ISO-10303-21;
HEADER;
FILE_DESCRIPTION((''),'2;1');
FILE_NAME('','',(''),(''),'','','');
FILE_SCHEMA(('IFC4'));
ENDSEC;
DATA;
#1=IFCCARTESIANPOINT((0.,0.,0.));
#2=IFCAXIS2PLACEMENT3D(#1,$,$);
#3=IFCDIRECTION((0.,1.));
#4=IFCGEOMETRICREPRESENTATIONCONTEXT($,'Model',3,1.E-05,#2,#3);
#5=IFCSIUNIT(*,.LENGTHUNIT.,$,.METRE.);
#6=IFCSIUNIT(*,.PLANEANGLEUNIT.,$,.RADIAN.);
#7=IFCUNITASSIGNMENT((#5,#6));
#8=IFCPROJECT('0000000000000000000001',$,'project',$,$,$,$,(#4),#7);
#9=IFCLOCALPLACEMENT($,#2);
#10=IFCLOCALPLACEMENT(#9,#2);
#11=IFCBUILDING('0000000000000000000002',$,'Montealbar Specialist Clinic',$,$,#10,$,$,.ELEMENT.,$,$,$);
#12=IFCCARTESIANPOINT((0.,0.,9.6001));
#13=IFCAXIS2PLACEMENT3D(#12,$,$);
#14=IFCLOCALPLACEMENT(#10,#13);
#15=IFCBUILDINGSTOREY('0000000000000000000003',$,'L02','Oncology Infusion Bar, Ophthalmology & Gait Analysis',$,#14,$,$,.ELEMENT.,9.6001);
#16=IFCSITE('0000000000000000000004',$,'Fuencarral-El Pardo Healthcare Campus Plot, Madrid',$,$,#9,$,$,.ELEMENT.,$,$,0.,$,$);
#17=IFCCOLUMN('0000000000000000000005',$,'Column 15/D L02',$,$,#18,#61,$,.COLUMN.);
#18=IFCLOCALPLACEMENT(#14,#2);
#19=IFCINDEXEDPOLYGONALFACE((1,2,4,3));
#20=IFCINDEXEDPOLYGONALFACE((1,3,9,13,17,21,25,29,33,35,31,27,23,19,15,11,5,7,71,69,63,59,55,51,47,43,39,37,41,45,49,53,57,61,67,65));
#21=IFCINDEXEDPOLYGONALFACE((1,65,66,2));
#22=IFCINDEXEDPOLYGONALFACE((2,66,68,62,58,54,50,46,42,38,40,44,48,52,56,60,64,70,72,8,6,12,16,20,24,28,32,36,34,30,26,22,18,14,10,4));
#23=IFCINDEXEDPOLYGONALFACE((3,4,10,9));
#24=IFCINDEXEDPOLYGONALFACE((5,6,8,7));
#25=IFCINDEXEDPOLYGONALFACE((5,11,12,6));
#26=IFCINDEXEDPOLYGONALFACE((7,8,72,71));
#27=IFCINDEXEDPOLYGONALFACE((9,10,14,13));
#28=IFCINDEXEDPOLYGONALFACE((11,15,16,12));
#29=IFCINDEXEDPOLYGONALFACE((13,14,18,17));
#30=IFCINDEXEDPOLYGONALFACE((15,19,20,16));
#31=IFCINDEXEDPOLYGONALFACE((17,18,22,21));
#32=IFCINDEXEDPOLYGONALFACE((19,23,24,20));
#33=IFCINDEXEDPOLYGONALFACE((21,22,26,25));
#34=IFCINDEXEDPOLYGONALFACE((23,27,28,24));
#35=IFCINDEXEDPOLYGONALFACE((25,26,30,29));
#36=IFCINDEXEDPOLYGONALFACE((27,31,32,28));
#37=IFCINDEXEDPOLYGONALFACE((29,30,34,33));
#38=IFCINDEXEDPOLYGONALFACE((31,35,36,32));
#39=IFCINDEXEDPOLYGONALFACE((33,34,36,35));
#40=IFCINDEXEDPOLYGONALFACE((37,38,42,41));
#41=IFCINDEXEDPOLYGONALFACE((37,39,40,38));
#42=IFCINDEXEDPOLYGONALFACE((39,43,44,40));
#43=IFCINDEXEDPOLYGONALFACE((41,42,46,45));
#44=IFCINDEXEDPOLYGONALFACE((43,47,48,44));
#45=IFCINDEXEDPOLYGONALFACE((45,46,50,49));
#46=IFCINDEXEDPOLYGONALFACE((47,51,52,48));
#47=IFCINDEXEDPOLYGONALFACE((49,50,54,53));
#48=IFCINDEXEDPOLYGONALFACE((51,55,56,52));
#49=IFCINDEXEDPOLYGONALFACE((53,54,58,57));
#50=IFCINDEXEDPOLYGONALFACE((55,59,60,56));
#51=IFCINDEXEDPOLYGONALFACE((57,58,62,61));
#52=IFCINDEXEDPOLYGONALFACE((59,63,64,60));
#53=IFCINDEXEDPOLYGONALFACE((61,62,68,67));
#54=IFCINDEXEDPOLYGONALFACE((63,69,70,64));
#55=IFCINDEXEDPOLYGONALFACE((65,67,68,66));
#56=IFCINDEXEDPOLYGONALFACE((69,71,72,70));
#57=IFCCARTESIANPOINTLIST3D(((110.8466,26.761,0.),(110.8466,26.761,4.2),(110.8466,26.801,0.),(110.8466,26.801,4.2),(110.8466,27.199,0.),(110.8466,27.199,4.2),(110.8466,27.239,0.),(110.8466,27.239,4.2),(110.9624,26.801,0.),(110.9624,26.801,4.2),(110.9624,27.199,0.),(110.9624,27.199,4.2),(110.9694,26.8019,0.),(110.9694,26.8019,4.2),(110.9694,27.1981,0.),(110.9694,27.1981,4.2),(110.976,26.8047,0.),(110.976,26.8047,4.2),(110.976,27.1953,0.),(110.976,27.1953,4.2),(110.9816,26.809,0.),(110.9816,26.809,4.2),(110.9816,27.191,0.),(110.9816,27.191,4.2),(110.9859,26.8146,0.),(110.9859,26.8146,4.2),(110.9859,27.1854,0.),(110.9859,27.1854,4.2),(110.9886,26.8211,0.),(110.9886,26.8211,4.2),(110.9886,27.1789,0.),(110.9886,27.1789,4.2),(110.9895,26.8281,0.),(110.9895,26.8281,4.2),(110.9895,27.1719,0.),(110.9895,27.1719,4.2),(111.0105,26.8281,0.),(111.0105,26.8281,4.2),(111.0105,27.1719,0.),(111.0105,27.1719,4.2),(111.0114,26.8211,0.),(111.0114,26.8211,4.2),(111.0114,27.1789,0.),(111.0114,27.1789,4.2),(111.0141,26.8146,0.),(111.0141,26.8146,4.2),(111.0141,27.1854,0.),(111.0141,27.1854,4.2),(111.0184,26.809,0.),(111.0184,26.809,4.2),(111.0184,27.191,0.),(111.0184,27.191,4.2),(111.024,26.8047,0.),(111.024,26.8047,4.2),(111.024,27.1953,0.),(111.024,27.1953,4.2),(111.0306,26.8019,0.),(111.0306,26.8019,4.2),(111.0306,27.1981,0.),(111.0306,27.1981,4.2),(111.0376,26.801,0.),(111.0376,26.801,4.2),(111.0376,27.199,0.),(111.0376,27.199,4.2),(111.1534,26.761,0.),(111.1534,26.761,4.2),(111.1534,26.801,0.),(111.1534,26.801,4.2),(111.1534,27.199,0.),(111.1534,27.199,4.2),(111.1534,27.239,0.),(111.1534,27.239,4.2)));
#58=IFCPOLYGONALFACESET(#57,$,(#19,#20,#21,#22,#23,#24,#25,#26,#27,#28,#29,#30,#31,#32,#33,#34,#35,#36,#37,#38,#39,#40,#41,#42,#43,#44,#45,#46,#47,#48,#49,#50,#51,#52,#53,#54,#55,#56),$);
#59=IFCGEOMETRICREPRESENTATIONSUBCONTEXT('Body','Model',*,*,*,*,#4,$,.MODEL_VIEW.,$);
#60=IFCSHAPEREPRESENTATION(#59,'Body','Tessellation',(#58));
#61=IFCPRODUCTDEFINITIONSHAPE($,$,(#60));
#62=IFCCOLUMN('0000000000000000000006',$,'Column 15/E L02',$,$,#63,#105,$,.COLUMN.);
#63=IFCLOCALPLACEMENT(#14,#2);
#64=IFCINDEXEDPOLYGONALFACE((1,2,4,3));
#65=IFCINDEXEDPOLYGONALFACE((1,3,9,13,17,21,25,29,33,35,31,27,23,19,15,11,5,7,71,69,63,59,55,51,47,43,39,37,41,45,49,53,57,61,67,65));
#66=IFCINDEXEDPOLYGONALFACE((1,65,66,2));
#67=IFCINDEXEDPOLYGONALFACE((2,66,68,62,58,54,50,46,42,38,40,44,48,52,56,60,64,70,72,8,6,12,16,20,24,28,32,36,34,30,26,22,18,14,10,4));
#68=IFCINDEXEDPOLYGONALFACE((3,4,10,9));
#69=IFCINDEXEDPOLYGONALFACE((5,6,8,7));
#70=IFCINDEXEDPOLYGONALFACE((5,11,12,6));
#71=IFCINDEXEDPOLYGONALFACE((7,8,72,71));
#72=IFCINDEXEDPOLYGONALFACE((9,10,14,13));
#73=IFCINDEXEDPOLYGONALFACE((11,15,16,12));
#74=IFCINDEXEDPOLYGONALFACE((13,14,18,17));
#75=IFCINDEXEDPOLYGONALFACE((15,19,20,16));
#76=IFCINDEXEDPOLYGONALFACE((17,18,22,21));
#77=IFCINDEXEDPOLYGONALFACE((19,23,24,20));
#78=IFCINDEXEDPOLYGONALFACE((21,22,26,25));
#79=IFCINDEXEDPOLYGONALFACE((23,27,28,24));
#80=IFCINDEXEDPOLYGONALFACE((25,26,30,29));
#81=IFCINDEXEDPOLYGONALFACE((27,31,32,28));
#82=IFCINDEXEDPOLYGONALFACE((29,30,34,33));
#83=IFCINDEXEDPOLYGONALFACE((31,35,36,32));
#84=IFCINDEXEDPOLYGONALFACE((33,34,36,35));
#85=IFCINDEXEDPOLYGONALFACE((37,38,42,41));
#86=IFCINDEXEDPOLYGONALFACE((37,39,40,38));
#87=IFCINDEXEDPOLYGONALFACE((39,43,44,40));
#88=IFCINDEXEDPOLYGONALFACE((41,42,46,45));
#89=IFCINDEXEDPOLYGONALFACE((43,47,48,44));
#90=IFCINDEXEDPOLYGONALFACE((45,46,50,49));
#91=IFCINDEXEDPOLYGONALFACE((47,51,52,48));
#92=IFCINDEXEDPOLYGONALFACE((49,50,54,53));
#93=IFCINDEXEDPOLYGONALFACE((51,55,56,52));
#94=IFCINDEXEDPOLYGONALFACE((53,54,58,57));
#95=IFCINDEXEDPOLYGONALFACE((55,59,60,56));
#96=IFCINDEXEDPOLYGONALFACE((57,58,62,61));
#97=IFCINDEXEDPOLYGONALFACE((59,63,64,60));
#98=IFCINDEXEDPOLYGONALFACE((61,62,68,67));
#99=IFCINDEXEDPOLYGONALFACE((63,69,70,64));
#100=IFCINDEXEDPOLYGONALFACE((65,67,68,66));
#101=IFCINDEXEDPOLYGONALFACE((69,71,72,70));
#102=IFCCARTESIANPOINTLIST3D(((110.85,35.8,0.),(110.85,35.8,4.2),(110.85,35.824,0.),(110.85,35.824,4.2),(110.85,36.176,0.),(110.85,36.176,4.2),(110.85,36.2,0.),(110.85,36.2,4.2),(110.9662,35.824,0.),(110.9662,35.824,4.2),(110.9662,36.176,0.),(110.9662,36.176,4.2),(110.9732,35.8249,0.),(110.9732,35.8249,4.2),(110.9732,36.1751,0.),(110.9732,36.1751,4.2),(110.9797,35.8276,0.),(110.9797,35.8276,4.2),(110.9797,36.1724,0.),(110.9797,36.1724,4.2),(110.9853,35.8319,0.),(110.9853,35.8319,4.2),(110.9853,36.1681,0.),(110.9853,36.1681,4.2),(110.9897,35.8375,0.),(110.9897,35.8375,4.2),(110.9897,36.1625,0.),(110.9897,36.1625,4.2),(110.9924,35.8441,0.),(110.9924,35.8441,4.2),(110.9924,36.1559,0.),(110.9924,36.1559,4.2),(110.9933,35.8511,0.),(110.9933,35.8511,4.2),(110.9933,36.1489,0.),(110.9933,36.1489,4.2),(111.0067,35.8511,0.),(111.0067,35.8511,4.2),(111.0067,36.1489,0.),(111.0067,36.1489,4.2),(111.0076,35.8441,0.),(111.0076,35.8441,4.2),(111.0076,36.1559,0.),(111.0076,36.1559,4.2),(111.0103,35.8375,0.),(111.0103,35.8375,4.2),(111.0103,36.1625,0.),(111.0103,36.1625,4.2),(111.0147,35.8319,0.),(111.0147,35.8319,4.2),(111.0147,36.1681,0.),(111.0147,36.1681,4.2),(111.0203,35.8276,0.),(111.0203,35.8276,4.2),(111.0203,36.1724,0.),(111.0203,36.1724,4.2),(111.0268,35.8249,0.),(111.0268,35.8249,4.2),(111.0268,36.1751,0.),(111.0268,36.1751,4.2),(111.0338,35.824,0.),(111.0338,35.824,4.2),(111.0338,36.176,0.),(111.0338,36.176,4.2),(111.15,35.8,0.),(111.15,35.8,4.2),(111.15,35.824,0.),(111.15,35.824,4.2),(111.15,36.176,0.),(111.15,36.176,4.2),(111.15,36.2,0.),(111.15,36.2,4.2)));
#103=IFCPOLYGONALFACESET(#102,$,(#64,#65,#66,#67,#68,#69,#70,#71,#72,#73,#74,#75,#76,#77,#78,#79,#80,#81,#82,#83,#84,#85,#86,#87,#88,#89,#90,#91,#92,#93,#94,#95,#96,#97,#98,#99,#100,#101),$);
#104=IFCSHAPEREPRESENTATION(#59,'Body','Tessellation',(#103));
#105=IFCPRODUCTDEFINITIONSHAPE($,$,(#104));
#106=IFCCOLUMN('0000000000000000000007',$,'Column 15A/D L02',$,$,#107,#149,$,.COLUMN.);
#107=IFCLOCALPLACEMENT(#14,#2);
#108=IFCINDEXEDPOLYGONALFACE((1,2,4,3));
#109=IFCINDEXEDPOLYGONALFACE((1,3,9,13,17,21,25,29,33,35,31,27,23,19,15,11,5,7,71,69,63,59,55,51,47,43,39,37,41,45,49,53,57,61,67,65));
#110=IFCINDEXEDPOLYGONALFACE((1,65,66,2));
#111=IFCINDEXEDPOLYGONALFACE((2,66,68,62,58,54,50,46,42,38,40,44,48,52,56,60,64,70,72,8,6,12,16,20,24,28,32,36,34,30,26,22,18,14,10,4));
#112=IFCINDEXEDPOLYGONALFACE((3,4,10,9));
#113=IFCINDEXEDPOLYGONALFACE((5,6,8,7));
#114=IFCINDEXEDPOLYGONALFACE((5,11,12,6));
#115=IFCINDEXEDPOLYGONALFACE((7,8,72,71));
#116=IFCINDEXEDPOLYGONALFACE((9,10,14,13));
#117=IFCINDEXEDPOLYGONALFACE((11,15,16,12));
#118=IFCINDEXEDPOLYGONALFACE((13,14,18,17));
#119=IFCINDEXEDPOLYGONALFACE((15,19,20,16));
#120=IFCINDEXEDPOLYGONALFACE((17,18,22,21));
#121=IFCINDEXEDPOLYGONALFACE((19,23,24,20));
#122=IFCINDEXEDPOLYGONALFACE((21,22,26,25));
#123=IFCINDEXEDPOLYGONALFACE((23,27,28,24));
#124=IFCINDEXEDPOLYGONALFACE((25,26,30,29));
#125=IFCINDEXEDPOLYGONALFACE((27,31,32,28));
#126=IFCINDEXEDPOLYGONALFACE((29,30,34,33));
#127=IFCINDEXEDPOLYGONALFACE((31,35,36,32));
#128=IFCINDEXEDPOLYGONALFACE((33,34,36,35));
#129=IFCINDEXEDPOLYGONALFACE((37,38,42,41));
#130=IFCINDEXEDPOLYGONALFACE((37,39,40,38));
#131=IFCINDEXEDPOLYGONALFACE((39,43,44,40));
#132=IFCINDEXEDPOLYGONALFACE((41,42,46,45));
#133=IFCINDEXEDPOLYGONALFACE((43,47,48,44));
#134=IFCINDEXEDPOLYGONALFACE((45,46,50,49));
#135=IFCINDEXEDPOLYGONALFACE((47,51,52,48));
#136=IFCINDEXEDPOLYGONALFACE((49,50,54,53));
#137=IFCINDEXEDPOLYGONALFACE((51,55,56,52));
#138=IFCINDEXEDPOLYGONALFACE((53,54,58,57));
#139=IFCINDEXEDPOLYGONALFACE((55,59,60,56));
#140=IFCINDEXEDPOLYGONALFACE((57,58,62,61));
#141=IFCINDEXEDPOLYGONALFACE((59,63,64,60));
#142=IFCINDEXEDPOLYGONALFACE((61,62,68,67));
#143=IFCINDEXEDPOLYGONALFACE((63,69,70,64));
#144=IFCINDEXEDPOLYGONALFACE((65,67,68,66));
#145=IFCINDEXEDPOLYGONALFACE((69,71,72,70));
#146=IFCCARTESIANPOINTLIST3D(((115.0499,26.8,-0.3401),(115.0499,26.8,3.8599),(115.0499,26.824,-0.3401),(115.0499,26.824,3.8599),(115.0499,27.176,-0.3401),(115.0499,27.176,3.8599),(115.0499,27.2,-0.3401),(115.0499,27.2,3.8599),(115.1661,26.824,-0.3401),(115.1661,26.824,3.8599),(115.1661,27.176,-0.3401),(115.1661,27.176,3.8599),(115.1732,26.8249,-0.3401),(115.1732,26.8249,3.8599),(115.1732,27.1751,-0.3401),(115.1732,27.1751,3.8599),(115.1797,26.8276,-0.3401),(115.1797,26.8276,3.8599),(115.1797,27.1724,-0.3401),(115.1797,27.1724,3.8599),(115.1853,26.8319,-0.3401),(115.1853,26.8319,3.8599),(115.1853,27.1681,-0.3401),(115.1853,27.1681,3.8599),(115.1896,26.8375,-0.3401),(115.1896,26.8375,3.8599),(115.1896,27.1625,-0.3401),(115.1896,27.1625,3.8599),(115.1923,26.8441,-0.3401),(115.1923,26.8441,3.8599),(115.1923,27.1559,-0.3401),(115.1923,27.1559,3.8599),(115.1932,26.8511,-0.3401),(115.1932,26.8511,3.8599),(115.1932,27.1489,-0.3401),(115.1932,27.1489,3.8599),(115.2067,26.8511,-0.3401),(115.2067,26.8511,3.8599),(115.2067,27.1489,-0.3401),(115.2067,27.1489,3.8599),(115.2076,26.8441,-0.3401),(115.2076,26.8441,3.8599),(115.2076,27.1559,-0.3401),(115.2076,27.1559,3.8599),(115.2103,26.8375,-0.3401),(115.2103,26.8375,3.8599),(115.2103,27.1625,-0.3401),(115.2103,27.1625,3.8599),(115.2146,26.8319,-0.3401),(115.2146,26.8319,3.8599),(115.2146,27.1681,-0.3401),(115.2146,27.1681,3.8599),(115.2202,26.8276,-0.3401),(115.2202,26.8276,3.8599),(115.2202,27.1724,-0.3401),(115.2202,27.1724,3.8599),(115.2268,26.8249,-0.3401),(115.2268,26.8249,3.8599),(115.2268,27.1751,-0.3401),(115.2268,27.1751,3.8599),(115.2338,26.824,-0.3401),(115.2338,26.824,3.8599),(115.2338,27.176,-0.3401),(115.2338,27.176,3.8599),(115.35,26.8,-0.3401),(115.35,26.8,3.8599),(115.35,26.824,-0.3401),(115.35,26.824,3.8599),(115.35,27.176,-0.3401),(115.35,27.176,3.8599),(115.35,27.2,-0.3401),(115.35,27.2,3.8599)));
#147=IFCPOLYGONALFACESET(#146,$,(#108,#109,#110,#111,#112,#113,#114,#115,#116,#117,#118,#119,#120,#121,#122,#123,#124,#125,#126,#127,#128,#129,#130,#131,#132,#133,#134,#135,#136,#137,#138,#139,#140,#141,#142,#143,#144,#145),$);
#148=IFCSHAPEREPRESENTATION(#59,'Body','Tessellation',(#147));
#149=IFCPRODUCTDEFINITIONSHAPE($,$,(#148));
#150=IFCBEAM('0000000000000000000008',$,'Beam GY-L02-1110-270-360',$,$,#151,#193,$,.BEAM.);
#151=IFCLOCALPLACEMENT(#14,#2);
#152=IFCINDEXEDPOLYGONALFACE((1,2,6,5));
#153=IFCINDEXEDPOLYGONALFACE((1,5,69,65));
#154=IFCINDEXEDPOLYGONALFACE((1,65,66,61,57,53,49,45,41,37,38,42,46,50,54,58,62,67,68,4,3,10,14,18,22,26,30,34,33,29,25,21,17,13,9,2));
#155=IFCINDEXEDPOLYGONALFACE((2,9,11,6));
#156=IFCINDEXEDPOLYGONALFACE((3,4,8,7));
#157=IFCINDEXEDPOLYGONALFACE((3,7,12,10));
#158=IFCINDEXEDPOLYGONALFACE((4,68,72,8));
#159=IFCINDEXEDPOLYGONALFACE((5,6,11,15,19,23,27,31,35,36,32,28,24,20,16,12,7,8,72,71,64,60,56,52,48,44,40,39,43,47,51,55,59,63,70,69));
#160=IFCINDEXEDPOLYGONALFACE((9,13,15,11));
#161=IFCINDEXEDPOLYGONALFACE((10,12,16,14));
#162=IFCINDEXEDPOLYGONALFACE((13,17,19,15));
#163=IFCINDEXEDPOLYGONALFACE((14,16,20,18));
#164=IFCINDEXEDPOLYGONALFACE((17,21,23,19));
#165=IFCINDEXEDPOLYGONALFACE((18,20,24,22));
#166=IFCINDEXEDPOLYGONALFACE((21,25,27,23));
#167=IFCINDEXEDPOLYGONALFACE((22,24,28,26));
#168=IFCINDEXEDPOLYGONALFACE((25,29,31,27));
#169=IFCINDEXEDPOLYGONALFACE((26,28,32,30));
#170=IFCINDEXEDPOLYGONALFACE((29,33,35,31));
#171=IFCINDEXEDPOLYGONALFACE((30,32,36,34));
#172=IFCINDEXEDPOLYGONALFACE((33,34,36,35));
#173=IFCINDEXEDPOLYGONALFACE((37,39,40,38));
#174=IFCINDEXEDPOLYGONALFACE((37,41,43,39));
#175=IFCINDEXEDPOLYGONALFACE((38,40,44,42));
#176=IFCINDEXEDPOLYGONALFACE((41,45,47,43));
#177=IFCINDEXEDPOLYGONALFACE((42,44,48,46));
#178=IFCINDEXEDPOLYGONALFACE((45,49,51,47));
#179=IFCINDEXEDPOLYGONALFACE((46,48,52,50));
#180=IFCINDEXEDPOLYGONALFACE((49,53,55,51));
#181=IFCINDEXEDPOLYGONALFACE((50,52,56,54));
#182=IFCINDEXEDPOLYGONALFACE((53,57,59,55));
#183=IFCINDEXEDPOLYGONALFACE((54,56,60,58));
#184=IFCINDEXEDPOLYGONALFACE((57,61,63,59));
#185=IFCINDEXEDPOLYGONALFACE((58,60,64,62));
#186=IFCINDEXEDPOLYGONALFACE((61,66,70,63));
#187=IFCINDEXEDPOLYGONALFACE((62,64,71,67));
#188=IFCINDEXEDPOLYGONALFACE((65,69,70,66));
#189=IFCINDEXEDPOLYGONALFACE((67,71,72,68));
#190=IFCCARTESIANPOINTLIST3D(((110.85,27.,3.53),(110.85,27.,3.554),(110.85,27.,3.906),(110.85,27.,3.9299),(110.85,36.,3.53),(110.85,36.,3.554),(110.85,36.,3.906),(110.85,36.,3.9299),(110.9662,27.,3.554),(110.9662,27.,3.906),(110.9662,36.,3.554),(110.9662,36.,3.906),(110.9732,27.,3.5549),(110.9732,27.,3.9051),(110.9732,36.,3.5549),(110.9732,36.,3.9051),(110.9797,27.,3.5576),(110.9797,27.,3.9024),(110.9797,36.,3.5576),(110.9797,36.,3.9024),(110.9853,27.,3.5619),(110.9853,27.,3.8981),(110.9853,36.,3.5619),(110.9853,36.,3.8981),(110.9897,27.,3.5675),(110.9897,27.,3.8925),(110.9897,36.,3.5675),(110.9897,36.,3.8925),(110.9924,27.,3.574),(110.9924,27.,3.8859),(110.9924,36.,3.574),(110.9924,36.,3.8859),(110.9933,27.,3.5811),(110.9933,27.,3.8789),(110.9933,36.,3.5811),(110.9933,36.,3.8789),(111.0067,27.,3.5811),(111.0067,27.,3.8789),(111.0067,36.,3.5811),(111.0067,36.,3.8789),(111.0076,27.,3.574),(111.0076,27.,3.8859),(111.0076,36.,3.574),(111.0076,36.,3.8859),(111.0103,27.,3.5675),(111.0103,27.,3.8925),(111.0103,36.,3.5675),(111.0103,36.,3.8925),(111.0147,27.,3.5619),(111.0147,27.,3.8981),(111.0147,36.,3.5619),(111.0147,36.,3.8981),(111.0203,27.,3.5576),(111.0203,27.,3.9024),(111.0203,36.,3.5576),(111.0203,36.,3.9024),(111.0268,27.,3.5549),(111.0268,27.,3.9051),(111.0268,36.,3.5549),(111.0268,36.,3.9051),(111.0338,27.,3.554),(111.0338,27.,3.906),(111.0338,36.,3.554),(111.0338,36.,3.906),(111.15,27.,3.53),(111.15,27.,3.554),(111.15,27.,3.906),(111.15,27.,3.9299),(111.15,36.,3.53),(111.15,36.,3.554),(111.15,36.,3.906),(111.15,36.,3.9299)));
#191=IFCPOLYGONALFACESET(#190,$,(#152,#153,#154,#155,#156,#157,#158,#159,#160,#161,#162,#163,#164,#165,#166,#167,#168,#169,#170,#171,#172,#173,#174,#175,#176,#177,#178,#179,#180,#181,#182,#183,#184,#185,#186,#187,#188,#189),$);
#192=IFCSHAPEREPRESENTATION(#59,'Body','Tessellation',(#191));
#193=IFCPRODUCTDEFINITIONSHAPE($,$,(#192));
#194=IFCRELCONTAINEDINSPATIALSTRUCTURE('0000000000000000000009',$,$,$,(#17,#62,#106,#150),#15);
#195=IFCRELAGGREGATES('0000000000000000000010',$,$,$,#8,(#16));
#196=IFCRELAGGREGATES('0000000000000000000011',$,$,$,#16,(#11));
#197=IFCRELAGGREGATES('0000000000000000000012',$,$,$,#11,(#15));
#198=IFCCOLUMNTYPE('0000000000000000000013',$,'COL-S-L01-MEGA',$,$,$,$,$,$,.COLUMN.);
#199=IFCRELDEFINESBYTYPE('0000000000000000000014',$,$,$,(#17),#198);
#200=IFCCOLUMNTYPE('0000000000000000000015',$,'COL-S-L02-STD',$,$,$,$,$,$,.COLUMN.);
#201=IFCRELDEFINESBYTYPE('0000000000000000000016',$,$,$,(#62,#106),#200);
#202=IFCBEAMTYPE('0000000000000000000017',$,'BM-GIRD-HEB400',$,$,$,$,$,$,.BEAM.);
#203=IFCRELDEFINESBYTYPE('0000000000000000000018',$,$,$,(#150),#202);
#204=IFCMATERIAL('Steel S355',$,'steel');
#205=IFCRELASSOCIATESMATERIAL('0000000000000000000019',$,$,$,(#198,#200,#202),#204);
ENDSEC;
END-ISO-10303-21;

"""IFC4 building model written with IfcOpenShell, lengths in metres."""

from ifc_helpers import new_model, si_unit, direction, frame, origin, origin_2d, place, context, subcontext, project, spatial, i_section, extrude, material, material_profile, profile_set, type_object, element, save


model = new_model("IFC4")

# Units and contexts
model_context = context("Model", 3, precision=1e-05, world=origin(), true_north=direction((0.0, 1.0)))
body_context = subcontext(model_context, "Body", "Model", "MODEL_VIEW")
ifc_project = project(units=[si_unit("LENGTHUNIT", "METRE"), si_unit("PLANEANGLEUNIT", "RADIAN")], contexts=[model_context])

# Site, building, storey
site_placement = place(None, origin())
site = spatial("IfcSite", under=ifc_project, at=site_placement, Name="Fuencarral-El Pardo Healthcare Campus Plot, Madrid", CompositionType="ELEMENT", RefElevation=0.0)
building_placement = place(site_placement, origin())
building = spatial("IfcBuilding", under=site, at=building_placement, Name="Montealbar Specialist Clinic", CompositionType="ELEMENT")
storey_placement = place(building_placement, frame((0.0, 0.0, 9.6001)))
storey = spatial("IfcBuildingStorey", under=building, at=storey_placement, Name="L02", Description="Oncology Infusion Bar, Ophthalmology & Gait Analysis", CompositionType="ELEMENT", Elevation=9.6001)

# Columns
ifc_material_1 = material(Name="Steel S355", Category="steel")
ifc_material_profile_1 = material_profile(ifc_material_1, i_section(OverallWidth=0.3069, OverallDepth=0.478, WebThickness=0.021, FlangeThickness=0.04, FilletRadius=0.0271, at=origin_2d()), Name="HEM 450", Category="steel")
ifc_profile_set_1 = profile_set([ifc_material_profile_1], Name="Steel S355")
column_type_1 = type_object("IfcColumnType", Name="COL-S-L01-MEGA", PredefinedType="COLUMN", material=ifc_profile_set_1)
column_placement = place(storey_placement, frame((111.0, 27.0, 0.0), z_axis=(0.0, 0.0, 1.0), x_axis=(1.0, 0.0, 0.0)))
element("IfcColumn", 1, at=column_placement, inside=storey, type_object=column_type_1, Name="Column 15/D L02", PredefinedType="COLUMN", context=body_context, shape_type="SweptSolid", body=[
    extrude(i_section(OverallWidth=0.3069, OverallDepth=0.478, WebThickness=0.021, FlangeThickness=0.04, FilletRadius=0.0271, at=origin_2d()), origin(), (0.0, 0.0, 1.0), 4.2),
])
ifc_material_profile_2 = material_profile(ifc_material_1, i_section(OverallWidth=0.3, OverallDepth=0.3999, WebThickness=0.0134, FlangeThickness=0.0239, FilletRadius=0.0271, at=origin_2d()), Name="HEB 400", Category="steel")
ifc_profile_set_2 = profile_set([ifc_material_profile_2], Name="Steel S355")
column_type_2 = type_object("IfcColumnType", Name="COL-S-L02-STD", PredefinedType="COLUMN", material=ifc_profile_set_2)
for number, where, z_axis, x_axis, name in (
    (2, (111.0, 36.0, 0.0), (0.0, 0.0, 1.0), (1.0, 0.0, 0.0), "Column 15/E L02"),
    (3, (115.2, 27.0, -0.3401), (0.0, 0.0, 1.0), (1.0, 0.0, 0.0), "Column 15A/D L02"),
):
    element("IfcColumn", number, at=place(storey_placement, frame(where, z_axis=z_axis, x_axis=x_axis)), inside=storey, type_object=column_type_2, Name=name, PredefinedType="COLUMN", context=body_context, shape_type="SweptSolid", body=[
        extrude(i_section(OverallWidth=0.3, OverallDepth=0.3999, WebThickness=0.0134, FlangeThickness=0.0239, FilletRadius=0.0271, at=origin_2d()), origin(), (0.0, 0.0, 1.0), 4.2),
    ])

# Beam
ifc_material_profile_3 = material_profile(ifc_material_1, i_section(OverallWidth=0.3, OverallDepth=0.3999, WebThickness=0.0134, FlangeThickness=0.0239, FilletRadius=0.0271, at=origin_2d()), Name="HEB 400", Category="steel")
ifc_profile_set_3 = profile_set([ifc_material_profile_3], Name="Steel S355")
beam_type_1 = type_object("IfcBeamType", Name="BM-GIRD-HEB400", PredefinedType="BEAM", material=ifc_profile_set_3)
beam_placement = place(storey_placement, frame((111.0, 27.0, 3.73), z_axis=(0.0, 1.0, 0.0), x_axis=(-1.0, 0.0, 0.0)))
element("IfcBeam", 4, at=beam_placement, inside=storey, type_object=beam_type_1, Name="Beam GY-L02-1110-270-360", PredefinedType="BEAM", context=body_context, shape_type="SweptSolid", body=[
    extrude(i_section(OverallWidth=0.3, OverallDepth=0.3999, WebThickness=0.0134, FlangeThickness=0.0239, FilletRadius=0.0271, at=origin_2d()), origin(), (0.0, 0.0, 1.0), 9.0),
])

save(model, "model.ifc")
